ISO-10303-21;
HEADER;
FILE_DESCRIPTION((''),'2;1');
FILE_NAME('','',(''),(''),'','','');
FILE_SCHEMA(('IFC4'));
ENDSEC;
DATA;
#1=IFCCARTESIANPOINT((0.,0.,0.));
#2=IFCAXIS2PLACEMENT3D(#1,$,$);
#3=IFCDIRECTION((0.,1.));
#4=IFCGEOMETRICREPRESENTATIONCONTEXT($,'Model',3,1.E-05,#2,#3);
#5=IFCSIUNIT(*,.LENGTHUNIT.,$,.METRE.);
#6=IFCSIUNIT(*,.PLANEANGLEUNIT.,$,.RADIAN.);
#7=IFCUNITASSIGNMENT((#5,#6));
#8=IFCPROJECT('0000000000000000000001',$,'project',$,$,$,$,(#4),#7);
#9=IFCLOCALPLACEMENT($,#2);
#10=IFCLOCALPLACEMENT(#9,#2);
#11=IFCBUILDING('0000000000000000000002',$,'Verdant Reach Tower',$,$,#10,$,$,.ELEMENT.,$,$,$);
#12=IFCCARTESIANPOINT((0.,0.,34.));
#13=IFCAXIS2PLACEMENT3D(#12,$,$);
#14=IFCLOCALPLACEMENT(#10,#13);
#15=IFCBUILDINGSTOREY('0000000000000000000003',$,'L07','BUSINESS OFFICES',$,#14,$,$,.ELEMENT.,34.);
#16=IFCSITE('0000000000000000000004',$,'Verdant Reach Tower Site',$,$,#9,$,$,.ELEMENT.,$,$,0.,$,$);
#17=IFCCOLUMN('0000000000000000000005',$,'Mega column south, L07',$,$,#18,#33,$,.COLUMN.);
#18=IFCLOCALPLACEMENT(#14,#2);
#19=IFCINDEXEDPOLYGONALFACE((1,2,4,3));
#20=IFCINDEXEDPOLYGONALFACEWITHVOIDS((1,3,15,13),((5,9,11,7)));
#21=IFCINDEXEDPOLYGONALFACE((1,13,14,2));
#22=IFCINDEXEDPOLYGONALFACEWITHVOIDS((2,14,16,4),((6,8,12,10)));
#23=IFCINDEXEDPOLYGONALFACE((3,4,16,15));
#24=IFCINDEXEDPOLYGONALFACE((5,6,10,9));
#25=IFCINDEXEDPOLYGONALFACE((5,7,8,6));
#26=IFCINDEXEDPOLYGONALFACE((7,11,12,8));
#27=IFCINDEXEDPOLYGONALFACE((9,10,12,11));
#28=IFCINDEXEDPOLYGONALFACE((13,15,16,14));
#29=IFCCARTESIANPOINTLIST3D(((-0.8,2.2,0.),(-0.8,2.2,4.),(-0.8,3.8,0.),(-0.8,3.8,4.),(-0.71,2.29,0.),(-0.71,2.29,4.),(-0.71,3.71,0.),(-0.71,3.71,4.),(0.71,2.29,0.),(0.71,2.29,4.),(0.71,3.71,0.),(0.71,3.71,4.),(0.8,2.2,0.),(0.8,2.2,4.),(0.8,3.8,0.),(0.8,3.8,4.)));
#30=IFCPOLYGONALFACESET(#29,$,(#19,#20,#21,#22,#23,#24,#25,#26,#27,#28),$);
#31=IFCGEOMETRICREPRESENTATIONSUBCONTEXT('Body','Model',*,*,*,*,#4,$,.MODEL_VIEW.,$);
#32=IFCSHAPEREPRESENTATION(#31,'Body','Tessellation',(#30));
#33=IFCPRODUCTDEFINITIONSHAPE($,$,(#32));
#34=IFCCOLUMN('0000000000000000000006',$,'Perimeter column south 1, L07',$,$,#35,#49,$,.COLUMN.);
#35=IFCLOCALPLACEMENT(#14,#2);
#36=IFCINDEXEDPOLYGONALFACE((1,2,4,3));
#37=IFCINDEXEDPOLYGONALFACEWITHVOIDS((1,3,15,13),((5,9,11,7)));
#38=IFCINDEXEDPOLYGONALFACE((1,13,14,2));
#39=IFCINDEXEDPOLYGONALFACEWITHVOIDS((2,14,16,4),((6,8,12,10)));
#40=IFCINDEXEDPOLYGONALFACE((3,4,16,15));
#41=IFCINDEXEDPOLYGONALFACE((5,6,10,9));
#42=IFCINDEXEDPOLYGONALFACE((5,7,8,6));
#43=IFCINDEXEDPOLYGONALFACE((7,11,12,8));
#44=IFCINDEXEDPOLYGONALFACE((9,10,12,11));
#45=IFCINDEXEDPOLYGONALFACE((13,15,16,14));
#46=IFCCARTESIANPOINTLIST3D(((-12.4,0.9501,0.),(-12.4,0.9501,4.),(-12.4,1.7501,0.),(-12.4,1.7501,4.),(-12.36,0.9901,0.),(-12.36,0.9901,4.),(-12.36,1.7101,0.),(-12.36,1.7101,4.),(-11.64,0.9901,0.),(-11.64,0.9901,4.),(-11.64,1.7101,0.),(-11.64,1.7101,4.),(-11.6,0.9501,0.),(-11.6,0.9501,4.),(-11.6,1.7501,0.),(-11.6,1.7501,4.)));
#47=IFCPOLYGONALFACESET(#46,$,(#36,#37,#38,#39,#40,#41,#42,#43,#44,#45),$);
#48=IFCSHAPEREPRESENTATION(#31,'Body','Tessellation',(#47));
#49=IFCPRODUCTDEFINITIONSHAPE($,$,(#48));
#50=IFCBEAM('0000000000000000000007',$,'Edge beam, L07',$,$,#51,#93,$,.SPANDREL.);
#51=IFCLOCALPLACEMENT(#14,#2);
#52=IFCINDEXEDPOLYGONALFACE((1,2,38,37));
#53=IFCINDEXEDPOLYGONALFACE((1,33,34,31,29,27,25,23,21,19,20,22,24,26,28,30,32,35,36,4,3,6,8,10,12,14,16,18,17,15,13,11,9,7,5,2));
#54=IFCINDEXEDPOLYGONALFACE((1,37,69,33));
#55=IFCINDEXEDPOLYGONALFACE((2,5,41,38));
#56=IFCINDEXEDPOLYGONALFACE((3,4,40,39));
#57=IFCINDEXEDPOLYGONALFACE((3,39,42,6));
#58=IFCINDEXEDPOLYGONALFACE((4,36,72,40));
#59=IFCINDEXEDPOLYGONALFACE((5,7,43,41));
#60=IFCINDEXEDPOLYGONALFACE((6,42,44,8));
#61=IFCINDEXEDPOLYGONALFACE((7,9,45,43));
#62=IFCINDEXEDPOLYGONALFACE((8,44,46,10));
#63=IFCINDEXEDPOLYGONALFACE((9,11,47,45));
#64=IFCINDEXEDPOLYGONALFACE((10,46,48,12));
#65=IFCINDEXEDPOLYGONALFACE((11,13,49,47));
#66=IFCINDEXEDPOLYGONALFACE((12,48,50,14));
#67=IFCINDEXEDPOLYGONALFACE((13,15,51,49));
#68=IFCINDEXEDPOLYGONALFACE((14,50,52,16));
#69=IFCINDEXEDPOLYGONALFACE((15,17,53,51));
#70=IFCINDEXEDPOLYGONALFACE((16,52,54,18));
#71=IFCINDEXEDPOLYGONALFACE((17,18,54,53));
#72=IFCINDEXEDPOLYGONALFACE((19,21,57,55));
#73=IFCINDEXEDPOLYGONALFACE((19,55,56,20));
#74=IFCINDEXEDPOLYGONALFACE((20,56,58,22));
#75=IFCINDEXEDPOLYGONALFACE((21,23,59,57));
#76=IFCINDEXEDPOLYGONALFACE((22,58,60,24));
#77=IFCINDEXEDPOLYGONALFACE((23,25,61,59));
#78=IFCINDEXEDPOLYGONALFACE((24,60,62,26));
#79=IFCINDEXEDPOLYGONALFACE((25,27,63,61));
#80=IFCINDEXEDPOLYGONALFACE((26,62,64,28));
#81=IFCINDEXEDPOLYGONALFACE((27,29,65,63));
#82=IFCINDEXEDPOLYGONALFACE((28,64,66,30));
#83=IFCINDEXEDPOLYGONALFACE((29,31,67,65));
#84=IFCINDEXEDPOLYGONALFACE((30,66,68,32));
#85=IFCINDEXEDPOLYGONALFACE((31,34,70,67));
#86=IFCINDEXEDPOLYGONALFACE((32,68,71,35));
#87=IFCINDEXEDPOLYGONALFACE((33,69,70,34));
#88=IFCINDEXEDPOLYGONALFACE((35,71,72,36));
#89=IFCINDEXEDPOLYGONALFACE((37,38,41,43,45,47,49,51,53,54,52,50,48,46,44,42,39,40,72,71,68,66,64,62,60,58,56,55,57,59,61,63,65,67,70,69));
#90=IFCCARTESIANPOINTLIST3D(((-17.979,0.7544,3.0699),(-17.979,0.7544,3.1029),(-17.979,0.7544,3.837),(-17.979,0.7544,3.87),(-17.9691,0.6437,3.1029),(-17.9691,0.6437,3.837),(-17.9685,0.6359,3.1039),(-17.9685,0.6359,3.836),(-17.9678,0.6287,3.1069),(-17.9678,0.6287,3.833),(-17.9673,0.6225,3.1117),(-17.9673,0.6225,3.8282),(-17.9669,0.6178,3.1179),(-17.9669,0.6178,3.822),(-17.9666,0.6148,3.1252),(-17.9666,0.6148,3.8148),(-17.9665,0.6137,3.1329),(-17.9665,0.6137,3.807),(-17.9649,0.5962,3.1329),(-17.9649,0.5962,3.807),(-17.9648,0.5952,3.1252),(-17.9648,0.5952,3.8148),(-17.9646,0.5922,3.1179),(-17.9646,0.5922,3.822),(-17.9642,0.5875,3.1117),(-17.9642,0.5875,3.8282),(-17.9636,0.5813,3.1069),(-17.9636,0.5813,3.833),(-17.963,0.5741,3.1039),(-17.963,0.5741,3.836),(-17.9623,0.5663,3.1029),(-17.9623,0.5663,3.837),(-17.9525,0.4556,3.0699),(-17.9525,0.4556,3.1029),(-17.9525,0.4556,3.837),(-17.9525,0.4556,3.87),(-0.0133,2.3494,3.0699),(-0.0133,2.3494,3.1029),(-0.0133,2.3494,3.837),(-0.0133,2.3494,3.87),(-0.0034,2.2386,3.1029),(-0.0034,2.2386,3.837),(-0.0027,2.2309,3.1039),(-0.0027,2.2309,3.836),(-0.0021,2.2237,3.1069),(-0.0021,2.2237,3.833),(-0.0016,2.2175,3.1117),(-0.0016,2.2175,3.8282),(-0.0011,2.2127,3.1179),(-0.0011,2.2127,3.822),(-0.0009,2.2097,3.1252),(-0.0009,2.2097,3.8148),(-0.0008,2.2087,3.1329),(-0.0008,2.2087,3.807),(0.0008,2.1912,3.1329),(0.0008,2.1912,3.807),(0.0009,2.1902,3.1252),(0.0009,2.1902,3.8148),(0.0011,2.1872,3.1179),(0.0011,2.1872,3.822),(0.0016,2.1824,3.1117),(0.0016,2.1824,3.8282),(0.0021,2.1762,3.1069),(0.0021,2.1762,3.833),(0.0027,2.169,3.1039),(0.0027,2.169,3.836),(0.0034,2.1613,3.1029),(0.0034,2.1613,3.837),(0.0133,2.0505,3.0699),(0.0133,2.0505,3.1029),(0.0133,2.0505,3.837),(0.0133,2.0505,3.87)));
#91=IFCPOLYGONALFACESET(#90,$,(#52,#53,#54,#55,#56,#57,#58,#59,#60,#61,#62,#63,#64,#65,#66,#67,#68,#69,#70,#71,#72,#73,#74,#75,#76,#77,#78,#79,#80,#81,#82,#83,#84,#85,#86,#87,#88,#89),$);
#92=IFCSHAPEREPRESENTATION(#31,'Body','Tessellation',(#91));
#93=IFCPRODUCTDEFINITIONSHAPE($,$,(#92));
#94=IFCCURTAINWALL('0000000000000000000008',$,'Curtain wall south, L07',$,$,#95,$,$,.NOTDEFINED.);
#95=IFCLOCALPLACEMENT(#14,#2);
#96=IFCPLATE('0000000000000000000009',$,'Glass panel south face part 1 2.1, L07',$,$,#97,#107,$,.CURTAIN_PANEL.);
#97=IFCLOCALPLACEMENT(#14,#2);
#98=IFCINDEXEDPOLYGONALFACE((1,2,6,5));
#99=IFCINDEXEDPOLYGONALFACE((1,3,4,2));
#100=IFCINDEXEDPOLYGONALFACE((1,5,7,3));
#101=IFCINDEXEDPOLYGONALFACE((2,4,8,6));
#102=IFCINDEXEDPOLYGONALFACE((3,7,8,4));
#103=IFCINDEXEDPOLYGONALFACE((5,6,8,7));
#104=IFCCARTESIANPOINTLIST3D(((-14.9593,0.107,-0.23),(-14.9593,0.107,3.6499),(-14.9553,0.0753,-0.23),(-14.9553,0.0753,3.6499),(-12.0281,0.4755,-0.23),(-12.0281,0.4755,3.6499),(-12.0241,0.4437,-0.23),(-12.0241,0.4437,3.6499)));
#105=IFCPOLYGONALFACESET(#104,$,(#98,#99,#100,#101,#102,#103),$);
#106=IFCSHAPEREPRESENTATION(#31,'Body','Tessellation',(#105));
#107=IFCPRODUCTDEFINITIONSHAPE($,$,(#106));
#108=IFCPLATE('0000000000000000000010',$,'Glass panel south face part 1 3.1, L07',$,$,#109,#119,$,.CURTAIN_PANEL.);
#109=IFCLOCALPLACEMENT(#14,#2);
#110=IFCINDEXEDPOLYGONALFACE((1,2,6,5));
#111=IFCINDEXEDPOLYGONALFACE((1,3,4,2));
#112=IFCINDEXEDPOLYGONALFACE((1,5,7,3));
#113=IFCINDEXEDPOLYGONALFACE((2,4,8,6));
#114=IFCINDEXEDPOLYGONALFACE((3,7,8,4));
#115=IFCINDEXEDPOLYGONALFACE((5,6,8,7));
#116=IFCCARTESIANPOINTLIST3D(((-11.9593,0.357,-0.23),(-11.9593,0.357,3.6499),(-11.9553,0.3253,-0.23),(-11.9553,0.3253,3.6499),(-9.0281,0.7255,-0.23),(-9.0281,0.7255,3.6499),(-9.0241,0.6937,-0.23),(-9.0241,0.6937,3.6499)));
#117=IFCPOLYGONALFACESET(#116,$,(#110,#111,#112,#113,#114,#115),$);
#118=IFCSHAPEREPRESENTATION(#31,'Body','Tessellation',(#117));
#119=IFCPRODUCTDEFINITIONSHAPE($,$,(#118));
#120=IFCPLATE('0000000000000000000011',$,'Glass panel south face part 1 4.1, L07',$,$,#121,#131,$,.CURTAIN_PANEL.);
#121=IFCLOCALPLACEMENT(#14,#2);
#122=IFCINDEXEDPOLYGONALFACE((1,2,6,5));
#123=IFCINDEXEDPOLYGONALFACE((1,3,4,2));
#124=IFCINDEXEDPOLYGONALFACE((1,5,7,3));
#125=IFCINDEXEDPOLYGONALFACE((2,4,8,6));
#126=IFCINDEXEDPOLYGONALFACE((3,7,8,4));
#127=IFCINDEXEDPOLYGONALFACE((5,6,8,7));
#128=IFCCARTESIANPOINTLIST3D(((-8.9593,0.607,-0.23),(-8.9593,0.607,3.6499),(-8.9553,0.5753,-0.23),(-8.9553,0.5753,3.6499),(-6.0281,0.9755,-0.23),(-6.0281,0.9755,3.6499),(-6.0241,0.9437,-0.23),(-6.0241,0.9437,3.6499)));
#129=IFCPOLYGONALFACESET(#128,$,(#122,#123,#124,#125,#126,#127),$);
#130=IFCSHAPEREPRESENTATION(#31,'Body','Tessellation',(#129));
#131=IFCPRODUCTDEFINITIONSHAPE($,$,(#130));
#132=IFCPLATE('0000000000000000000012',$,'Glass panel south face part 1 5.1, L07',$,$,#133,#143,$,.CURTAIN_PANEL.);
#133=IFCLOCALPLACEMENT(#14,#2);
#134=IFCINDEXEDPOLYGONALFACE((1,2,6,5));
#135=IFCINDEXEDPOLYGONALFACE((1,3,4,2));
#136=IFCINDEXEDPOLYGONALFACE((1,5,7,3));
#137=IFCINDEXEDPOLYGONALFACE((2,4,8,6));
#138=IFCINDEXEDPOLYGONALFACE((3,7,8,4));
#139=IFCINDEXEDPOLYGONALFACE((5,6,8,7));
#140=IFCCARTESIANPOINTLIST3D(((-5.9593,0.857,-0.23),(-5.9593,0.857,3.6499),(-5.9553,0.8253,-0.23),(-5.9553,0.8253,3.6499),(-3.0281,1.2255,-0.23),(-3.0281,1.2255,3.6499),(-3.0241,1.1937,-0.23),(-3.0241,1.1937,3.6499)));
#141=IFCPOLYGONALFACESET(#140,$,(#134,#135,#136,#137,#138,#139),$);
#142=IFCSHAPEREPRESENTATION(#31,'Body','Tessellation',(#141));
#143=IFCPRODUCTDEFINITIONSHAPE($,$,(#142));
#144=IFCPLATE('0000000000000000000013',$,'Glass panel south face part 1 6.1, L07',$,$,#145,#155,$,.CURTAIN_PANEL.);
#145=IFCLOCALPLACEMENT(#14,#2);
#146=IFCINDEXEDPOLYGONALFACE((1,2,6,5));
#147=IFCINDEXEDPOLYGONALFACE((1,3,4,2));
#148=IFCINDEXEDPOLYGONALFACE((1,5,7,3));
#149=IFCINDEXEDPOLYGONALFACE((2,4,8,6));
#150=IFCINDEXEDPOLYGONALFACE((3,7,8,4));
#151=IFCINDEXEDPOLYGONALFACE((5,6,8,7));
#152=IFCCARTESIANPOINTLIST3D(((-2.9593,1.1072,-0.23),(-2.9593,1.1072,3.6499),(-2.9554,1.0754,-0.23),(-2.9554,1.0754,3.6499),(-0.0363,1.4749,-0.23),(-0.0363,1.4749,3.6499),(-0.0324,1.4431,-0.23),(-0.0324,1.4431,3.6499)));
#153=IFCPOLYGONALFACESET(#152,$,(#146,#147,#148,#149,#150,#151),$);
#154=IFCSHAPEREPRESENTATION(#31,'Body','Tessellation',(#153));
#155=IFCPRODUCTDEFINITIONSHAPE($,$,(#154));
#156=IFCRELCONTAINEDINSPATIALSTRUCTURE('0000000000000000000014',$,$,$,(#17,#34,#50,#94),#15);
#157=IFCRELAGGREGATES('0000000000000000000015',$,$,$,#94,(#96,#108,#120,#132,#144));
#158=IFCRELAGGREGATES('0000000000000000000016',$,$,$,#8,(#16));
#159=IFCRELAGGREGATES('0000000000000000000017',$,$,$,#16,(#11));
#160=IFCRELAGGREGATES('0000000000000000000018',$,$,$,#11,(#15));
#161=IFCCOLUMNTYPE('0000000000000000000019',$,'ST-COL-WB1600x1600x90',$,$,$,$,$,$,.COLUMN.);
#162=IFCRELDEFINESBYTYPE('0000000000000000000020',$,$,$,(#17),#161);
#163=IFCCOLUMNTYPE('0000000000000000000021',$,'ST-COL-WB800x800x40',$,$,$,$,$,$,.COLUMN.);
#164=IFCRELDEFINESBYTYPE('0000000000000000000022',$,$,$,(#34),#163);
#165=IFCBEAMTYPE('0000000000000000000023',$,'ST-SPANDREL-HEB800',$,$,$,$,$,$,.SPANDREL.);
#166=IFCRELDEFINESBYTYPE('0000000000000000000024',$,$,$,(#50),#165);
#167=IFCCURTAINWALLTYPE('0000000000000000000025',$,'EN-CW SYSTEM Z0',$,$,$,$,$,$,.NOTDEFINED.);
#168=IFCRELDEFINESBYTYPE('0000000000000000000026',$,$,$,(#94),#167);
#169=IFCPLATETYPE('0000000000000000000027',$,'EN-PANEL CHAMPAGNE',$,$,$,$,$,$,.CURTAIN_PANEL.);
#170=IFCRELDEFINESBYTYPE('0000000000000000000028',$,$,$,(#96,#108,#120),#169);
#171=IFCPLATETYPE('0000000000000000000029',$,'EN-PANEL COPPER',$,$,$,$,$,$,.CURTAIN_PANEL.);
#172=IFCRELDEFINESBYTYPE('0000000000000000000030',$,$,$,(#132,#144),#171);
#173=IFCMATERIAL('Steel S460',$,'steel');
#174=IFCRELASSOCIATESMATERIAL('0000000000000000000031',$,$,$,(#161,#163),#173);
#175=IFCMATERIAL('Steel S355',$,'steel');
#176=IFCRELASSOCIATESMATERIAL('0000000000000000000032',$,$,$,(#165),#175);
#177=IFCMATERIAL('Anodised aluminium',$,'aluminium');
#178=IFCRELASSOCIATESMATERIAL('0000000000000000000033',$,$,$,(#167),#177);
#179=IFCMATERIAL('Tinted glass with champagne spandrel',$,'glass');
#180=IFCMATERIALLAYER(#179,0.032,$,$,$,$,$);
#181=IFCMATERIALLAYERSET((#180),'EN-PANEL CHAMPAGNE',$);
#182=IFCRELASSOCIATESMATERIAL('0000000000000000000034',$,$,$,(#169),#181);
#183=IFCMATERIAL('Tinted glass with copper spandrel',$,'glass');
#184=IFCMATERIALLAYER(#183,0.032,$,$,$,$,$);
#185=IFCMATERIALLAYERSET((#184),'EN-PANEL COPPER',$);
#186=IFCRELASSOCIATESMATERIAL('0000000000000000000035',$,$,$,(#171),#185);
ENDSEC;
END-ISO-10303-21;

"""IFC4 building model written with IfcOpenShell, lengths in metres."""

from ifc_helpers import new_model, si_unit, direction, frame, origin, origin_2d, place, context, subcontext, project, spatial, rectangle, hollow_rectangle, i_section, extrude, material, layer, layer_set, material_profile, profile_set, type_object, element, aggregate, save


model = new_model("IFC4")

# Units and contexts
model_context = context("Model", 3, precision=1e-05, world=origin(), true_north=direction((0.0, 1.0)))
body_context = subcontext(model_context, "Body", "Model", "MODEL_VIEW")
ifc_project = project(units=[si_unit("LENGTHUNIT", "METRE"), si_unit("PLANEANGLEUNIT", "RADIAN")], contexts=[model_context])

# Site, building, storey
site_placement = place(None, origin())
site = spatial("IfcSite", under=ifc_project, at=site_placement, Name="Verdant Reach Tower Site", CompositionType="ELEMENT", RefElevation=0.0)
building_placement = place(site_placement, origin())
building = spatial("IfcBuilding", under=site, at=building_placement, Name="Verdant Reach Tower", CompositionType="ELEMENT")
storey_placement = place(building_placement, frame((0.0, 0.0, 34.0)))
storey = spatial("IfcBuildingStorey", under=building, at=storey_placement, Name="L07", Description="BUSINESS OFFICES", CompositionType="ELEMENT", Elevation=34.0)

# Columns
ifc_material_1 = material(Name="Steel S460", Category="steel")
ifc_material_profile_1 = material_profile(ifc_material_1, hollow_rectangle(XDim=1.6001, YDim=1.6001, WallThickness=0.0901, at=origin_2d()), Name="WB 1600x1600x90")
ifc_profile_set_1 = profile_set([ifc_material_profile_1], Name="Steel S460")
column_type_1 = type_object("IfcColumnType", Name="ST-COL-WB1600x1600x90", PredefinedType="COLUMN", material=ifc_profile_set_1)
column_1_placement = place(storey_placement, frame((0.0, 3.0, 0.0), z_axis=(0.0, 0.0, 1.0), x_axis=(1.0, 0.0, 0.0)))
element("IfcColumn", 1, at=column_1_placement, inside=storey, type_object=column_type_1, Name="Mega column south, L07", PredefinedType="COLUMN", context=body_context, shape_type="SweptSolid", body=[
    extrude(hollow_rectangle(XDim=1.6001, YDim=1.6001, WallThickness=0.0901, at=origin_2d()), origin(), (0.0, 0.0, 1.0), 4.0),
])
ifc_material_profile_2 = material_profile(ifc_material_1, hollow_rectangle(XDim=0.8, YDim=0.8, WallThickness=0.04, at=origin_2d()), Name="WB 800x800x40")
ifc_profile_set_2 = profile_set([ifc_material_profile_2], Name="Steel S460")
column_type_2 = type_object("IfcColumnType", Name="ST-COL-WB800x800x40", PredefinedType="COLUMN", material=ifc_profile_set_2)
column_2_placement = place(storey_placement, frame((-12.0, 1.3501, 0.0), z_axis=(0.0, 0.0, 1.0), x_axis=(1.0, 0.0, 0.0)))
element("IfcColumn", 2, at=column_2_placement, inside=storey, type_object=column_type_2, Name="Perimeter column south 1, L07", PredefinedType="COLUMN", context=body_context, shape_type="SweptSolid", body=[
    extrude(hollow_rectangle(XDim=0.8, YDim=0.8, WallThickness=0.04, at=origin_2d()), origin(), (0.0, 0.0, 1.0), 4.0),
])

# Beam
ifc_material_2 = material(Name="Steel S355", Category="steel")
ifc_material_profile_3 = material_profile(ifc_material_2, i_section(OverallWidth=0.3, OverallDepth=0.8, WebThickness=0.0176, FlangeThickness=0.033, FilletRadius=0.03, at=origin_2d()), Name="HEB 800")
ifc_profile_set_3 = profile_set([ifc_material_profile_3], Name="Steel S355")
beam_type = type_object("IfcBeamType", Name="ST-SPANDREL-HEB800", PredefinedType="SPANDREL", material=ifc_profile_set_3)
beam_placement = place(storey_placement, frame((0.0, 2.2, 3.47), z_axis=(-0.996082, -0.08843, 0.0), x_axis=(0.08843, -0.996082, 0.0)))
element("IfcBeam", 3, at=beam_placement, inside=storey, type_object=beam_type, Name="Edge beam, L07", PredefinedType="SPANDREL", context=body_context, shape_type="SweptSolid", body=[
    extrude(i_section(OverallWidth=0.3, OverallDepth=0.8, WebThickness=0.0176, FlangeThickness=0.033, FilletRadius=0.03, at=origin_2d()), origin(), (0.0, 0.0, 1.0), 18.0364),
])

# Curtain wall, plates
ifc_material_3 = material(Name="Anodised aluminium", Category="aluminium")
curtain_wall_type = type_object("IfcCurtainWallType", Name="EN-CW SYSTEM Z0", PredefinedType="NOTDEFINED", material=ifc_material_3)
curtain_wall_placement = place(storey_placement, origin())
curtain_wall = element("IfcCurtainWall", 4, at=curtain_wall_placement, inside=storey, type_object=curtain_wall_type, Name="Curtain wall south, L07", PredefinedType="NOTDEFINED")
ifc_material_4 = material(Name="Tinted glass with champagne spandrel", Category="glass")
ifc_layer_1 = layer(ifc_material_4, 0.032)
ifc_layer_set_1 = layer_set([ifc_layer_1], Name="EN-PANEL CHAMPAGNE")
plate_type_1 = type_object("IfcPlateType", Name="EN-PANEL CHAMPAGNE", PredefinedType="CURTAIN_PANEL", material=ifc_layer_set_1)
plate_1_placement = place(storey_placement, frame((-13.4917, 0.2754, -0.23), z_axis=(0.0, 0.0, 1.0), x_axis=(0.992194, 0.124704, 0.0)))
plate_1 = element("IfcPlate", 5, at=plate_1_placement, type_object=plate_type_1, Name="Glass panel south face part 1 2.1, L07", PredefinedType="CURTAIN_PANEL", context=body_context, shape_type="SweptSolid", body=[
    extrude(rectangle(XDim=2.9543, YDim=0.032, at=origin_2d()), origin(), (0.0, 0.0, 1.0), 3.8799),
])
plate_2_placement = place(storey_placement, frame((-10.4917, 0.5254, -0.23), z_axis=(0.0, 0.0, 1.0), x_axis=(0.992194, 0.124704, 0.0)))
plate_2 = element("IfcPlate", 6, at=plate_2_placement, type_object=plate_type_1, Name="Glass panel south face part 1 3.1, L07", PredefinedType="CURTAIN_PANEL", context=body_context, shape_type="SweptSolid", body=[
    extrude(rectangle(XDim=2.9543, YDim=0.032, at=origin_2d()), origin(), (0.0, 0.0, 1.0), 3.8799),
])
plate_3_placement = place(storey_placement, frame((-7.4917, 0.7754, -0.23), z_axis=(0.0, 0.0, 1.0), x_axis=(0.992194, 0.124704, 0.0)))
plate_3 = element("IfcPlate", 7, at=plate_3_placement, type_object=plate_type_1, Name="Glass panel south face part 1 4.1, L07", PredefinedType="CURTAIN_PANEL", context=body_context, shape_type="SweptSolid", body=[
    extrude(rectangle(XDim=2.9543, YDim=0.032, at=origin_2d()), origin(), (0.0, 0.0, 1.0), 3.8799),
])
ifc_material_5 = material(Name="Tinted glass with copper spandrel", Category="glass")
ifc_layer_2 = layer(ifc_material_5, 0.032)
ifc_layer_set_2 = layer_set([ifc_layer_2], Name="EN-PANEL COPPER")
plate_type_2 = type_object("IfcPlateType", Name="EN-PANEL COPPER", PredefinedType="CURTAIN_PANEL", material=ifc_layer_set_2)
plate_4_placement = place(storey_placement, frame((-4.4917, 1.0254, -0.23), z_axis=(0.0, 0.0, 1.0), x_axis=(0.992194, 0.124704, 0.0)))
plate_4 = element("IfcPlate", 8, at=plate_4_placement, type_object=plate_type_2, Name="Glass panel south face part 1 5.1, L07", PredefinedType="CURTAIN_PANEL", context=body_context, shape_type="SweptSolid", body=[
    extrude(rectangle(XDim=2.9543, YDim=0.032, at=origin_2d()), origin(), (0.0, 0.0, 1.0), 3.8799),
])
plate_5_placement = place(storey_placement, frame((-1.4958, 1.2751, -0.23), z_axis=(0.0, 0.0, 1.0), x_axis=(0.99218, 0.124818, 0.0)))
plate_5 = element("IfcPlate", 9, at=plate_5_placement, type_object=plate_type_2, Name="Glass panel south face part 1 6.1, L07", PredefinedType="CURTAIN_PANEL", context=body_context, shape_type="SweptSolid", body=[
    extrude(rectangle(XDim=2.946, YDim=0.032, at=origin_2d()), origin(), (0.0, 0.0, 1.0), 3.8799),
])
aggregate(curtain_wall, [plate_1, plate_2, plate_3, plate_4, plate_5])

save(model, "model.ifc")
